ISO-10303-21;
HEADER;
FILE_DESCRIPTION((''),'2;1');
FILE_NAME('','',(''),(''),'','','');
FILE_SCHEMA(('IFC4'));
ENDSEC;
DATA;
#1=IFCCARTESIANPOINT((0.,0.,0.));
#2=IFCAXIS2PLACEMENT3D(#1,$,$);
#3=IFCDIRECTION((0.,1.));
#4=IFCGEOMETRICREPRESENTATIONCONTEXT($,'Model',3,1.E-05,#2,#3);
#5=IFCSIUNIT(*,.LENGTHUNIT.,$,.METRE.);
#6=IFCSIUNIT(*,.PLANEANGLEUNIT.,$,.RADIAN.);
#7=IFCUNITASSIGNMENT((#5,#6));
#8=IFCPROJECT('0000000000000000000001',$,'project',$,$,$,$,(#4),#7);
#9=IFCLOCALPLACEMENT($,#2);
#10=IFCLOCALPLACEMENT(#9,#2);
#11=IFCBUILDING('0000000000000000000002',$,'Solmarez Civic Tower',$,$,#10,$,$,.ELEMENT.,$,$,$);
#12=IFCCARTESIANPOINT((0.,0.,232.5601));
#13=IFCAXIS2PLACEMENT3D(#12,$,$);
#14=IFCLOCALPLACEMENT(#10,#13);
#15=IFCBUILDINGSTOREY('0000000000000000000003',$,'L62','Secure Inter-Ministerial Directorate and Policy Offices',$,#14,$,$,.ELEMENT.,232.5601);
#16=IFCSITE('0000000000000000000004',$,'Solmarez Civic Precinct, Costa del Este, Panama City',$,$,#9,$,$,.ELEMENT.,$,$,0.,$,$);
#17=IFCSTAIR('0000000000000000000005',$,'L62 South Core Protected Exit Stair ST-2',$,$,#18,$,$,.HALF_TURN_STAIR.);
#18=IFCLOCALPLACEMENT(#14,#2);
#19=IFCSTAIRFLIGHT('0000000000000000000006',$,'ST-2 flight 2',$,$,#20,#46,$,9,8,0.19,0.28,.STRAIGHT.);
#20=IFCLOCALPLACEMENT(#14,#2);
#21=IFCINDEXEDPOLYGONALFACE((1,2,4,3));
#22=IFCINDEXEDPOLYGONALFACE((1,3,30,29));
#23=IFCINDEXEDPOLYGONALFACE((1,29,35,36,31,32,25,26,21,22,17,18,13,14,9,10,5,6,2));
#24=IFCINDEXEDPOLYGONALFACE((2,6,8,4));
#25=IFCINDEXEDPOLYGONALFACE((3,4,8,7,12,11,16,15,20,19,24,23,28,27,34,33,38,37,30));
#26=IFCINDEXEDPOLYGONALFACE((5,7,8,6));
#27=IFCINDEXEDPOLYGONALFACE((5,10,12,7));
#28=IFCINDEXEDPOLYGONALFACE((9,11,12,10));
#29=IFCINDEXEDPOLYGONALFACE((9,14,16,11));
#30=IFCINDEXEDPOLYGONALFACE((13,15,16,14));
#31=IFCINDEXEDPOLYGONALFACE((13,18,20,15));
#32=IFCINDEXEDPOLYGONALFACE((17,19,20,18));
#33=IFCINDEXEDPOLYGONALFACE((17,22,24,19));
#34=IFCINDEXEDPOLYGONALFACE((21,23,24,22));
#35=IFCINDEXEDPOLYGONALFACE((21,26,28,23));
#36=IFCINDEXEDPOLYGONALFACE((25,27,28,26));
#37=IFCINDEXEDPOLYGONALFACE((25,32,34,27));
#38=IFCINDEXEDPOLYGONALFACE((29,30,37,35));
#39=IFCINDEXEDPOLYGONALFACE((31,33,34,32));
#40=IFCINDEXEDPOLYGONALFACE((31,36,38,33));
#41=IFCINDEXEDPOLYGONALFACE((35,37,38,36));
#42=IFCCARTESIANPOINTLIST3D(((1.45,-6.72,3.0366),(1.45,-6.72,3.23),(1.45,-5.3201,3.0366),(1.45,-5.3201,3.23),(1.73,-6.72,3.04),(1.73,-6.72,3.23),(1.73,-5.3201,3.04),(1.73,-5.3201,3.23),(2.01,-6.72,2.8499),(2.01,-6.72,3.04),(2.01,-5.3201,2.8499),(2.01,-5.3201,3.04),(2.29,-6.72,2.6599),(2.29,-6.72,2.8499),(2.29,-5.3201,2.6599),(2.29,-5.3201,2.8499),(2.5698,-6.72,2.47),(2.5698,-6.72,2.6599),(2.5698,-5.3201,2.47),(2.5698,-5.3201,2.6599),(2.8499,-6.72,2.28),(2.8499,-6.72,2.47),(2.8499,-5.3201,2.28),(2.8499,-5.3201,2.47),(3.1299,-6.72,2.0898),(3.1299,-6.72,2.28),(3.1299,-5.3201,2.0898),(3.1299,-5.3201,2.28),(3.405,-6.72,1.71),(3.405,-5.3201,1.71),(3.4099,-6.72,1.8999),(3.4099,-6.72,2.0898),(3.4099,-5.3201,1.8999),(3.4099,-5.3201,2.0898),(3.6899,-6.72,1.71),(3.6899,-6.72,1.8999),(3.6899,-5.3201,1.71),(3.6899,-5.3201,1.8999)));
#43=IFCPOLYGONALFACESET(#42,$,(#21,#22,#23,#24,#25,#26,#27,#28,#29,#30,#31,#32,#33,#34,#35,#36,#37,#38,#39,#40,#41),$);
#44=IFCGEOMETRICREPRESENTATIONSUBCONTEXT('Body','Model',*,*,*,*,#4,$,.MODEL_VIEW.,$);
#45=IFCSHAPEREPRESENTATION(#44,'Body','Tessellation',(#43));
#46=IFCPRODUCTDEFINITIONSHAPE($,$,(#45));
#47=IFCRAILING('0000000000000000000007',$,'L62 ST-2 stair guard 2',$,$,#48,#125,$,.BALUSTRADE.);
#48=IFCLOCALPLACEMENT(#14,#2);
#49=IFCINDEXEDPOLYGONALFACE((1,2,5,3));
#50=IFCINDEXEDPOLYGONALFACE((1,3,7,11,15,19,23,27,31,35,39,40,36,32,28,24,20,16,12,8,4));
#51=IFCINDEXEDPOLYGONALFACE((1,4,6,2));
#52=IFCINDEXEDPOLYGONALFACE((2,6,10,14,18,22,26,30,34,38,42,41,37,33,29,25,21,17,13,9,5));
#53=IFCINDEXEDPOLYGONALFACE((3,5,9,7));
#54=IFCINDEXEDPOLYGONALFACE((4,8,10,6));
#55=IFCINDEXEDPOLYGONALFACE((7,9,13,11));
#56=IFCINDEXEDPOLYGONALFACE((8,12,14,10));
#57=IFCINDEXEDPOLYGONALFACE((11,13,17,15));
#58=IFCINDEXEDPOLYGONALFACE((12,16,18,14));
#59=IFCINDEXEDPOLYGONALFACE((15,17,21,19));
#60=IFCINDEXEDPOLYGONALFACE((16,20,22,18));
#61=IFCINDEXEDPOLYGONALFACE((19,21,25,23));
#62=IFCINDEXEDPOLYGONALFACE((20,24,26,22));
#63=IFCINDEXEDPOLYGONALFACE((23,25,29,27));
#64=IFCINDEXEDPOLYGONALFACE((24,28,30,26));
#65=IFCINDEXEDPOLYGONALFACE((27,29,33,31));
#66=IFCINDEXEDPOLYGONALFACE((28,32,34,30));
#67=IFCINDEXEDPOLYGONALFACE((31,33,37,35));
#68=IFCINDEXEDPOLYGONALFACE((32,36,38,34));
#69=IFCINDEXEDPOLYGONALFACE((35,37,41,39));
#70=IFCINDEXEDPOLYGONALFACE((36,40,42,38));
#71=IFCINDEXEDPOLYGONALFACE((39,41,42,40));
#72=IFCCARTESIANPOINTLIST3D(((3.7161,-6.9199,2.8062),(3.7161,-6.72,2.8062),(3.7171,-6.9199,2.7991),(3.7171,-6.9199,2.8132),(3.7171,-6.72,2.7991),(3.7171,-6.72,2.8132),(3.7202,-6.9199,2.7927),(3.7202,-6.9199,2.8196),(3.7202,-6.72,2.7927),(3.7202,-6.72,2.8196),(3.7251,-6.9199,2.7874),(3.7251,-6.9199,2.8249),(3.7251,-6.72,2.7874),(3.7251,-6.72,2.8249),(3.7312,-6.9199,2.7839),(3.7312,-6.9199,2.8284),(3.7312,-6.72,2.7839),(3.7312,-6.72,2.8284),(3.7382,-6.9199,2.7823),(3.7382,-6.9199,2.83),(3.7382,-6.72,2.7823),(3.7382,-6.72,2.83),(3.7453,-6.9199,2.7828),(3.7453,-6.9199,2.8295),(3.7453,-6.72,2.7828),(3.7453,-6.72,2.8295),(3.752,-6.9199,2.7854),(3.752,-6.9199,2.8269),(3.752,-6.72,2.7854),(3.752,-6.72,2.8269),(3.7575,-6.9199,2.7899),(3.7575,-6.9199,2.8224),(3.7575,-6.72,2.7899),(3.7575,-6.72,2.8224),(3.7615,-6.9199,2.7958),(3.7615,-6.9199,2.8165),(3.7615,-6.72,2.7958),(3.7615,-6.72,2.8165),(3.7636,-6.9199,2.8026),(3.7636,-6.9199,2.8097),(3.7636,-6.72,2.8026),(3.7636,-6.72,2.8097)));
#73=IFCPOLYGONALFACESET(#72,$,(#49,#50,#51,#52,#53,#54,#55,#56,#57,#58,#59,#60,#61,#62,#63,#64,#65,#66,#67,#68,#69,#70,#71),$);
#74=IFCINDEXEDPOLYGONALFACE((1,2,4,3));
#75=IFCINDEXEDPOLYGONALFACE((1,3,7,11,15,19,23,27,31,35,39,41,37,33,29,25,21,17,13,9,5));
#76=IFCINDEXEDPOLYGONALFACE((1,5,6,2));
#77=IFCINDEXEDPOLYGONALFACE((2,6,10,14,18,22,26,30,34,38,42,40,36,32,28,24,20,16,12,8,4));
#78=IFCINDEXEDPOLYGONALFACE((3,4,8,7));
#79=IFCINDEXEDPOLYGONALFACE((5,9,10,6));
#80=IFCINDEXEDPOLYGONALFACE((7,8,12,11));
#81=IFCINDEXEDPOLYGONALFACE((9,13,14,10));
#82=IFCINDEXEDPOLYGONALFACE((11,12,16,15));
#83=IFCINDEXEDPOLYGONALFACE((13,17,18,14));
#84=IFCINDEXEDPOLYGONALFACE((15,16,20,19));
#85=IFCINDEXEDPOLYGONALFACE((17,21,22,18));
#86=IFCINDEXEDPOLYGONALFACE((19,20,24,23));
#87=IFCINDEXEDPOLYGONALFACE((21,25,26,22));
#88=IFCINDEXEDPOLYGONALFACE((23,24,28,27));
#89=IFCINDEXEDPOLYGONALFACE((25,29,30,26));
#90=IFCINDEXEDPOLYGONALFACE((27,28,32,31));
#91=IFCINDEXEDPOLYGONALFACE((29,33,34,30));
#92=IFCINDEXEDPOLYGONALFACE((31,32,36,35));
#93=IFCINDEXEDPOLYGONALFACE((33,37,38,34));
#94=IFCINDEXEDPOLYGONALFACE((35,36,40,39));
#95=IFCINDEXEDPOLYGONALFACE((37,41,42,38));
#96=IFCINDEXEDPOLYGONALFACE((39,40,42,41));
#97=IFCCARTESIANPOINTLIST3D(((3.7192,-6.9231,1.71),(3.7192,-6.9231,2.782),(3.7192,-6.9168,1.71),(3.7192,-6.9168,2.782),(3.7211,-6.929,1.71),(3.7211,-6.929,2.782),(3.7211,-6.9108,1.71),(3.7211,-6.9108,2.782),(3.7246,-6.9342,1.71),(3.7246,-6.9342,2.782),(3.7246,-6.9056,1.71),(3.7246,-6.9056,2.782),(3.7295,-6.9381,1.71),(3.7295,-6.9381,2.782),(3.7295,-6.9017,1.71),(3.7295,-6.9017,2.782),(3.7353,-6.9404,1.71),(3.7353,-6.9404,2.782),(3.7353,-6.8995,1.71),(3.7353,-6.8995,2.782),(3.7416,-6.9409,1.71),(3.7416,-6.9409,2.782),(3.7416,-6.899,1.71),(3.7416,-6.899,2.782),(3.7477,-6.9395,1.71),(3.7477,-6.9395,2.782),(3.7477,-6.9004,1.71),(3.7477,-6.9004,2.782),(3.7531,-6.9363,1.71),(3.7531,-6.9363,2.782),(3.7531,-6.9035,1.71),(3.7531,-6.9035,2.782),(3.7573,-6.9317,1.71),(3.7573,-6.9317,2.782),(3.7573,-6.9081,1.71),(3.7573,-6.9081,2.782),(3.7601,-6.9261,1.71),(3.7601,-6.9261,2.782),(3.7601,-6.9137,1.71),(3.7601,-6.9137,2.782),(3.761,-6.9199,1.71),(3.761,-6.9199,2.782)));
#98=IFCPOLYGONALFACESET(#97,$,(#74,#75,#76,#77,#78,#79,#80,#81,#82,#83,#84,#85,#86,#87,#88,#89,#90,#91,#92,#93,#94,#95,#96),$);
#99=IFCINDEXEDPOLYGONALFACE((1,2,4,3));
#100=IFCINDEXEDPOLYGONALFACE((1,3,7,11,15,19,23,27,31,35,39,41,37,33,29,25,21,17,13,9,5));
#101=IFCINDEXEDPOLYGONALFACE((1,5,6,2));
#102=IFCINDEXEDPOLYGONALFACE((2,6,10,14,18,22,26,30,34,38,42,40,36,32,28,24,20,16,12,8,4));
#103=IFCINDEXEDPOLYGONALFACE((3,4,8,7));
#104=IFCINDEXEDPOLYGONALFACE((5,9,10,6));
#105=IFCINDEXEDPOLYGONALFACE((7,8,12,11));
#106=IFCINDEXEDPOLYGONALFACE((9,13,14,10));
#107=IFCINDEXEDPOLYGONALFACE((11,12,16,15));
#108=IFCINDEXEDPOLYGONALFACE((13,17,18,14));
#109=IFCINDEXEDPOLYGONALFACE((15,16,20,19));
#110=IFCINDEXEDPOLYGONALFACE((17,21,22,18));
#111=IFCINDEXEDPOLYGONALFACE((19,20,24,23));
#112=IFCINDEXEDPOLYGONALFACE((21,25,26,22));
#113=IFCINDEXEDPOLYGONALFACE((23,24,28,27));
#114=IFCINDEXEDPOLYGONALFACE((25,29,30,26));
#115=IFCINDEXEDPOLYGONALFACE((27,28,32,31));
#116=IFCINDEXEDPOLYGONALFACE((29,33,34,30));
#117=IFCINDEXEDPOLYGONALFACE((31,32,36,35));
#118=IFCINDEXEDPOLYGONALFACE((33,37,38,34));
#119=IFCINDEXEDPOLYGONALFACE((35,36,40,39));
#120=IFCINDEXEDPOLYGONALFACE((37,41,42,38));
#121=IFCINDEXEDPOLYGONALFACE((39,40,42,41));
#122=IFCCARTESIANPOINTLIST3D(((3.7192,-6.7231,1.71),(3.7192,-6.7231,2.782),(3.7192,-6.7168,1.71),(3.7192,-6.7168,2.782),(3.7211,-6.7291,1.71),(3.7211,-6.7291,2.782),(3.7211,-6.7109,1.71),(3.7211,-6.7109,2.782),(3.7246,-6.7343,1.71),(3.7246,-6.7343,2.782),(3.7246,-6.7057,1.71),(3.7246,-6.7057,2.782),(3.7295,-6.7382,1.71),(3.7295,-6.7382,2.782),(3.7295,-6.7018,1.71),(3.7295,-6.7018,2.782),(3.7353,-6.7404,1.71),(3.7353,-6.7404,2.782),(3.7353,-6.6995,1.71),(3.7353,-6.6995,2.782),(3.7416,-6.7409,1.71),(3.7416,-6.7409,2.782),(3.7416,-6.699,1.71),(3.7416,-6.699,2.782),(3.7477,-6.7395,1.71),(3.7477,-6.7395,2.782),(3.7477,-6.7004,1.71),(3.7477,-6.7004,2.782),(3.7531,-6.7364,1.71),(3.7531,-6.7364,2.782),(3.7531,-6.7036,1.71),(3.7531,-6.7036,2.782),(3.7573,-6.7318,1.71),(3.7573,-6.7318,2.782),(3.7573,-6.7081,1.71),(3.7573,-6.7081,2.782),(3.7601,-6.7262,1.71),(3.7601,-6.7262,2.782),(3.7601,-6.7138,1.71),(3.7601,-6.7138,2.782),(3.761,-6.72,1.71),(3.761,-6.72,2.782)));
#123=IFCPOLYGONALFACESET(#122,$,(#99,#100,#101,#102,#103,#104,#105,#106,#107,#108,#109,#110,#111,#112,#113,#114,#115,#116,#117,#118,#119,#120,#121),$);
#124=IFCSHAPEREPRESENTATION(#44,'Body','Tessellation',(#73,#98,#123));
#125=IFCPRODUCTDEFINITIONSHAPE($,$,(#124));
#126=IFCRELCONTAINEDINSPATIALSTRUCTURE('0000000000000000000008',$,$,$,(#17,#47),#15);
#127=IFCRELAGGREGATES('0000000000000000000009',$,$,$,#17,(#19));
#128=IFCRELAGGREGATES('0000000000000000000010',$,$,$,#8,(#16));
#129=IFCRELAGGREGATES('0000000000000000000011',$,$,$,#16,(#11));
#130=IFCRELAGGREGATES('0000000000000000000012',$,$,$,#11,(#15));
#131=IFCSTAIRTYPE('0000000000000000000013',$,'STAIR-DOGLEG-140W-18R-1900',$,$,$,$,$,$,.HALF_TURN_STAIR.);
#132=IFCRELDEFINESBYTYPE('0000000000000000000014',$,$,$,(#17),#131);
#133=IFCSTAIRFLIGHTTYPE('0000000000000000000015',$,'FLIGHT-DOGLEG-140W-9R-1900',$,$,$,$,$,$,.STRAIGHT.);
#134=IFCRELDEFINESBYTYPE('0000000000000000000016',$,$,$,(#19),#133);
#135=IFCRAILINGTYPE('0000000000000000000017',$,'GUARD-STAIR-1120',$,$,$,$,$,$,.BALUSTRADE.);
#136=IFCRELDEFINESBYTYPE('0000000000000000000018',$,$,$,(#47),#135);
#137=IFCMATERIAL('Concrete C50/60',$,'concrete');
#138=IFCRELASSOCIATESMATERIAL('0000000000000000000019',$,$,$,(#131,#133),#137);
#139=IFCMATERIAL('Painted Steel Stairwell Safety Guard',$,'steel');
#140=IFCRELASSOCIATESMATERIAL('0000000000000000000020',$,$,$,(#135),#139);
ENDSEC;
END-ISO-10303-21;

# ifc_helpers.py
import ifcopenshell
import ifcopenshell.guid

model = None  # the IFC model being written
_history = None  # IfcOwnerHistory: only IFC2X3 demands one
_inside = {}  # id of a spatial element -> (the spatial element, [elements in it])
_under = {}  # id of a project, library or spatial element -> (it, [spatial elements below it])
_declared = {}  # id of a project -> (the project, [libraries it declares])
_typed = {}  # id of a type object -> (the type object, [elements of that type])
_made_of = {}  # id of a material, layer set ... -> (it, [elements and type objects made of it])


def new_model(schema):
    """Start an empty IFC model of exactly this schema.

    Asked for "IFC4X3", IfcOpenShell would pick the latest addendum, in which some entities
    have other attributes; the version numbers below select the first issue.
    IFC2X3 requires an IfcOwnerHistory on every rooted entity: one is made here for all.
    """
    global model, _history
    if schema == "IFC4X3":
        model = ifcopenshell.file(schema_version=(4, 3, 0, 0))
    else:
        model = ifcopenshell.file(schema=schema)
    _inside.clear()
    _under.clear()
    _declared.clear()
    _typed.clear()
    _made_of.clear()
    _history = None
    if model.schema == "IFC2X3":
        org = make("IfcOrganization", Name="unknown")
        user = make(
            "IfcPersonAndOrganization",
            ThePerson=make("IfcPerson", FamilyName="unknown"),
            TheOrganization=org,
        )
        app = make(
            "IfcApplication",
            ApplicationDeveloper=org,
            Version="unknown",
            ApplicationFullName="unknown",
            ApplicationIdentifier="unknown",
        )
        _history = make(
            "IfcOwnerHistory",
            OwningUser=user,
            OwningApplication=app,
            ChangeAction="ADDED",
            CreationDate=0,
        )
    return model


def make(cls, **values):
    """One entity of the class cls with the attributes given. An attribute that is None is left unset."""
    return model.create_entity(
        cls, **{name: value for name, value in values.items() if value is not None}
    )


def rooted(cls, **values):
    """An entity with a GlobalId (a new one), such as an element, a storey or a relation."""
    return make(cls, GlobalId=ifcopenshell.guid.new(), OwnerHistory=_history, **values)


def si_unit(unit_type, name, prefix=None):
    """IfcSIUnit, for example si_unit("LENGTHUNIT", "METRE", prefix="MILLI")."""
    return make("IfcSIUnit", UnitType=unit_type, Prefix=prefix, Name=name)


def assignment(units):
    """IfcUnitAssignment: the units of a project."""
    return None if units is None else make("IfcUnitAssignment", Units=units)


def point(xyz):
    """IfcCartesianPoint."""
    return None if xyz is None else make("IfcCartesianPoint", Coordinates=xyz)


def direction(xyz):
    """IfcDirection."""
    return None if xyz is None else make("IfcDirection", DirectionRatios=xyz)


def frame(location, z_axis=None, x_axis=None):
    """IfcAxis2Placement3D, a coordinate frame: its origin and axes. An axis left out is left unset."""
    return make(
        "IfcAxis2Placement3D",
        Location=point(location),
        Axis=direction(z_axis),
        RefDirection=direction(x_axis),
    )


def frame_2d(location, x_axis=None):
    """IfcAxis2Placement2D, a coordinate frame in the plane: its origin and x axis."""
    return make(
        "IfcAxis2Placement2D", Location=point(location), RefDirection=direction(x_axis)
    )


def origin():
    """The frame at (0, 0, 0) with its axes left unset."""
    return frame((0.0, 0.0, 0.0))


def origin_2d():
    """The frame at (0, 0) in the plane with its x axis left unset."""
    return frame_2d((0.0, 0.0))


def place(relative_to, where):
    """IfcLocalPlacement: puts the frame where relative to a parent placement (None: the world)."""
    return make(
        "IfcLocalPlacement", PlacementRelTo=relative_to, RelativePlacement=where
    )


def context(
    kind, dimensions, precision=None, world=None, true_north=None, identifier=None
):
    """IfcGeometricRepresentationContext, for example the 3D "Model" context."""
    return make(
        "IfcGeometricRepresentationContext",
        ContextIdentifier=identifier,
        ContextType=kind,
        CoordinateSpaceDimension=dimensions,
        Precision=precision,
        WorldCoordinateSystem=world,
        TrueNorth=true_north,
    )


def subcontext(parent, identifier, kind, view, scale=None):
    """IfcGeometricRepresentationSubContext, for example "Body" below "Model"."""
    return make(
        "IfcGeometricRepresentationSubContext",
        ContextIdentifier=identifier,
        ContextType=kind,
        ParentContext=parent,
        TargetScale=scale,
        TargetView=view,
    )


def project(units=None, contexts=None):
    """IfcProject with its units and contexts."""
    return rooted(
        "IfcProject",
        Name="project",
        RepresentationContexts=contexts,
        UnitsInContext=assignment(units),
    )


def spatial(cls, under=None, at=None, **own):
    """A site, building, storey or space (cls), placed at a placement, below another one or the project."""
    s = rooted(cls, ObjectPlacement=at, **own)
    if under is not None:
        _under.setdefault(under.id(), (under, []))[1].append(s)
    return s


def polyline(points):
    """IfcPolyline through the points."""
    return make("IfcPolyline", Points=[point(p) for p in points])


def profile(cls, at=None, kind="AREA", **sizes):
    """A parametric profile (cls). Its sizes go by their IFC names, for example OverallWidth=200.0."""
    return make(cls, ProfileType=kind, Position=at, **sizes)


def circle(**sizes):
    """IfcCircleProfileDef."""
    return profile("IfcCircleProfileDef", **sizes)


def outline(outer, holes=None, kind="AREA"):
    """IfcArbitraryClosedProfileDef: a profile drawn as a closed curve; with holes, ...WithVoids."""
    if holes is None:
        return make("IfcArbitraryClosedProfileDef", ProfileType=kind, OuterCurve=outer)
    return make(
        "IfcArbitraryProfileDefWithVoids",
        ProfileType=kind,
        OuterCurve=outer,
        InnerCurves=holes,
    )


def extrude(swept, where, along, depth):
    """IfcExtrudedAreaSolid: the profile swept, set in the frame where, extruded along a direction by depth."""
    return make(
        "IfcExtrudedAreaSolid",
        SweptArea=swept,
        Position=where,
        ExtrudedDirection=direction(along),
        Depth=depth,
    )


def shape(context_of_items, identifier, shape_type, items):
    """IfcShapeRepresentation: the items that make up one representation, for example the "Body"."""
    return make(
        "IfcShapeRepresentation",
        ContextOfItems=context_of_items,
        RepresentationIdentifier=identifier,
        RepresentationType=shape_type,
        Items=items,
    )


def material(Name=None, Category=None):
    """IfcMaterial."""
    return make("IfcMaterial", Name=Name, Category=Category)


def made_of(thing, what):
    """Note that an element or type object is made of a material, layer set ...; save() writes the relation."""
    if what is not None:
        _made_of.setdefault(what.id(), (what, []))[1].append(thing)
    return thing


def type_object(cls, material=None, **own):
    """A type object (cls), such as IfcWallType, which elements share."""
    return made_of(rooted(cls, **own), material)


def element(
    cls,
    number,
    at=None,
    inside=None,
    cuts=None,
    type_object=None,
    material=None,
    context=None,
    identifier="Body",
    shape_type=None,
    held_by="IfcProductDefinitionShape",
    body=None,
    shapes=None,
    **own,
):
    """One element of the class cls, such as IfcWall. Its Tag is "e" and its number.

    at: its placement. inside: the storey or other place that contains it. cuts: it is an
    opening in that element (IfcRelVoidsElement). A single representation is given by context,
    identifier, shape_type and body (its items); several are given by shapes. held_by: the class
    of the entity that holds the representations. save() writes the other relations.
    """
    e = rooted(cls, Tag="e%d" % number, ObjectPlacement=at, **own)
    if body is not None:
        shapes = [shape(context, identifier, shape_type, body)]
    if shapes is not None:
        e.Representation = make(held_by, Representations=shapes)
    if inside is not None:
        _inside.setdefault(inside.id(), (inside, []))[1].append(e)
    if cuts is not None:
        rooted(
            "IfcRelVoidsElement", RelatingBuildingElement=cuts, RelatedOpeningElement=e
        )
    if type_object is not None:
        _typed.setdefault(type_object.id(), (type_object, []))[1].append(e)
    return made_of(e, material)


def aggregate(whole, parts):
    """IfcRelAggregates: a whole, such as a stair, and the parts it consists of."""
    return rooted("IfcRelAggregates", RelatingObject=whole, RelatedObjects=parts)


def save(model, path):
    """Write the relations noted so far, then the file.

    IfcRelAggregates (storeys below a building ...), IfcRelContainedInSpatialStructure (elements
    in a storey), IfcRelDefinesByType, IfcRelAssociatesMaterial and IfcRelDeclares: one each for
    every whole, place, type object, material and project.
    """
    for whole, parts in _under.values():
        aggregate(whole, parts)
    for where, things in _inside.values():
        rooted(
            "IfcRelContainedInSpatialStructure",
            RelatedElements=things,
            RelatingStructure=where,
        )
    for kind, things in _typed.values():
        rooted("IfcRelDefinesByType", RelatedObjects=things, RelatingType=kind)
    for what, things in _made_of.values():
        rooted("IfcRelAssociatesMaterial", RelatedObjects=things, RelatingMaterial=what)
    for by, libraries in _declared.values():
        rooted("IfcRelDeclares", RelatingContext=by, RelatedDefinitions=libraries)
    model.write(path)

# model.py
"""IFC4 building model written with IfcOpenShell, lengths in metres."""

from ifc_helpers import new_model, si_unit, direction, frame, origin, origin_2d, place, context, subcontext, project, spatial, polyline, circle, outline, extrude, material, type_object, element, aggregate, save


model = new_model("IFC4")

# Units and contexts
model_context = context("Model", 3, precision=1e-05, world=origin(), true_north=direction((0.0, 1.0)))
body_context = subcontext(model_context, "Body", "Model", "MODEL_VIEW")
ifc_project = project(units=[si_unit("LENGTHUNIT", "METRE"), si_unit("PLANEANGLEUNIT", "RADIAN")], contexts=[model_context])

# Site, building, storey
site_placement = place(None, origin())
site = spatial("IfcSite", under=ifc_project, at=site_placement, Name="Solmarez Civic Precinct, Costa del Este, Panama City", CompositionType="ELEMENT", RefElevation=0.0)
building_placement = place(site_placement, origin())
building = spatial("IfcBuilding", under=site, at=building_placement, Name="Solmarez Civic Tower", CompositionType="ELEMENT")
storey_placement = place(building_placement, frame((0.0, 0.0, 232.5601)))
storey = spatial("IfcBuildingStorey", under=building, at=storey_placement, Name="L62", Description="Secure Inter-Ministerial Directorate and Policy Offices", CompositionType="ELEMENT", Elevation=232.5601)

# Shared definitions
ifc_material_1 = material(Name="Concrete C50/60", Category="concrete")

# Stair, stair flight
stair_type = type_object("IfcStairType", Name="STAIR-DOGLEG-140W-18R-1900", PredefinedType="HALF_TURN_STAIR", material=ifc_material_1)
stair_placement = place(storey_placement, origin())
stair = element("IfcStair", 1, at=stair_placement, inside=storey, type_object=stair_type, Name="L62 South Core Protected Exit Stair ST-2", PredefinedType="HALF_TURN_STAIR")
stair_flight_type = type_object("IfcStairFlightType", Name="FLIGHT-DOGLEG-140W-9R-1900", PredefinedType="STRAIGHT", material=ifc_material_1)
stair_flight_placement = place(storey_placement, frame((3.6899, -6.02, 1.71), z_axis=(0.0, 0.0, 1.0), x_axis=(-1.0, 0.0, 0.0)))
stair_flight = element("IfcStairFlight", 2, at=stair_flight_placement, type_object=stair_flight_type, Name="ST-2 flight 2", NumberOfRisers=9, NumberOfTreads=8, PredefinedType="STRAIGHT", RiserHeight=0.19, TreadLength=0.28, context=body_context, shape_type="SweptSolid", body=[
    extrude(outline(polyline([(0.0, 0.0), (0.0, 0.1899), (0.28, 0.1899), (0.28, 0.3799), (0.5601, 0.3799), (0.5601, 0.5701), (0.8401, 0.5701), (0.8401, 0.76), (1.1201, 0.76), (1.1201, 0.95), (1.3999, 0.95), (1.3999, 1.1399), (1.6799, 1.1399), (1.6799, 1.3301), (1.96, 1.3301), (1.96, 1.52), (2.24, 1.52), (2.24, 1.71), (2.24, 1.3267), (0.2849, 0.0), (0.0, 0.0)])), frame((0.0, 0.7, 0.0), z_axis=(0.0, -1.0, 0.0), x_axis=(1.0, 0.0, 0.0)), (0.0, 0.0, 1.0), 1.3999),
])
aggregate(stair, [stair_flight])

# Railing
ifc_material_2 = material(Name="Painted Steel Stairwell Safety Guard", Category="steel")
railing_type_1 = type_object("IfcRailingType", Name="GUARD-STAIR-1120", PredefinedType="BALUSTRADE", material=ifc_material_2)
railing_1_placement = place(storey_placement, frame((3.74, -6.9199, 1.71)))
element("IfcRailing", 3, at=railing_1_placement, inside=storey, type_object=railing_type_1, Name="L62 ST-2 stair guard 2", PredefinedType="BALUSTRADE", context=body_context, shape_type="SweptSolid", body=[
    extrude(circle(Radius=0.0239, at=origin_2d()), frame((0.0, 0.0, 1.0962), z_axis=(0.0, 1.0, 0.0), x_axis=(-1.0, 0.0, 0.0)), (0.0, 0.0, 1.0), 0.2),
    extrude(circle(Radius=0.021, at=origin_2d()), origin(), (0.0, 0.0, 1.0), 1.072),
    extrude(circle(Radius=0.021, at=origin_2d()), frame((0.0, 0.2, 0.0)), (0.0, 0.0, 1.0), 1.072),
])

save(model, "model.ifc")
